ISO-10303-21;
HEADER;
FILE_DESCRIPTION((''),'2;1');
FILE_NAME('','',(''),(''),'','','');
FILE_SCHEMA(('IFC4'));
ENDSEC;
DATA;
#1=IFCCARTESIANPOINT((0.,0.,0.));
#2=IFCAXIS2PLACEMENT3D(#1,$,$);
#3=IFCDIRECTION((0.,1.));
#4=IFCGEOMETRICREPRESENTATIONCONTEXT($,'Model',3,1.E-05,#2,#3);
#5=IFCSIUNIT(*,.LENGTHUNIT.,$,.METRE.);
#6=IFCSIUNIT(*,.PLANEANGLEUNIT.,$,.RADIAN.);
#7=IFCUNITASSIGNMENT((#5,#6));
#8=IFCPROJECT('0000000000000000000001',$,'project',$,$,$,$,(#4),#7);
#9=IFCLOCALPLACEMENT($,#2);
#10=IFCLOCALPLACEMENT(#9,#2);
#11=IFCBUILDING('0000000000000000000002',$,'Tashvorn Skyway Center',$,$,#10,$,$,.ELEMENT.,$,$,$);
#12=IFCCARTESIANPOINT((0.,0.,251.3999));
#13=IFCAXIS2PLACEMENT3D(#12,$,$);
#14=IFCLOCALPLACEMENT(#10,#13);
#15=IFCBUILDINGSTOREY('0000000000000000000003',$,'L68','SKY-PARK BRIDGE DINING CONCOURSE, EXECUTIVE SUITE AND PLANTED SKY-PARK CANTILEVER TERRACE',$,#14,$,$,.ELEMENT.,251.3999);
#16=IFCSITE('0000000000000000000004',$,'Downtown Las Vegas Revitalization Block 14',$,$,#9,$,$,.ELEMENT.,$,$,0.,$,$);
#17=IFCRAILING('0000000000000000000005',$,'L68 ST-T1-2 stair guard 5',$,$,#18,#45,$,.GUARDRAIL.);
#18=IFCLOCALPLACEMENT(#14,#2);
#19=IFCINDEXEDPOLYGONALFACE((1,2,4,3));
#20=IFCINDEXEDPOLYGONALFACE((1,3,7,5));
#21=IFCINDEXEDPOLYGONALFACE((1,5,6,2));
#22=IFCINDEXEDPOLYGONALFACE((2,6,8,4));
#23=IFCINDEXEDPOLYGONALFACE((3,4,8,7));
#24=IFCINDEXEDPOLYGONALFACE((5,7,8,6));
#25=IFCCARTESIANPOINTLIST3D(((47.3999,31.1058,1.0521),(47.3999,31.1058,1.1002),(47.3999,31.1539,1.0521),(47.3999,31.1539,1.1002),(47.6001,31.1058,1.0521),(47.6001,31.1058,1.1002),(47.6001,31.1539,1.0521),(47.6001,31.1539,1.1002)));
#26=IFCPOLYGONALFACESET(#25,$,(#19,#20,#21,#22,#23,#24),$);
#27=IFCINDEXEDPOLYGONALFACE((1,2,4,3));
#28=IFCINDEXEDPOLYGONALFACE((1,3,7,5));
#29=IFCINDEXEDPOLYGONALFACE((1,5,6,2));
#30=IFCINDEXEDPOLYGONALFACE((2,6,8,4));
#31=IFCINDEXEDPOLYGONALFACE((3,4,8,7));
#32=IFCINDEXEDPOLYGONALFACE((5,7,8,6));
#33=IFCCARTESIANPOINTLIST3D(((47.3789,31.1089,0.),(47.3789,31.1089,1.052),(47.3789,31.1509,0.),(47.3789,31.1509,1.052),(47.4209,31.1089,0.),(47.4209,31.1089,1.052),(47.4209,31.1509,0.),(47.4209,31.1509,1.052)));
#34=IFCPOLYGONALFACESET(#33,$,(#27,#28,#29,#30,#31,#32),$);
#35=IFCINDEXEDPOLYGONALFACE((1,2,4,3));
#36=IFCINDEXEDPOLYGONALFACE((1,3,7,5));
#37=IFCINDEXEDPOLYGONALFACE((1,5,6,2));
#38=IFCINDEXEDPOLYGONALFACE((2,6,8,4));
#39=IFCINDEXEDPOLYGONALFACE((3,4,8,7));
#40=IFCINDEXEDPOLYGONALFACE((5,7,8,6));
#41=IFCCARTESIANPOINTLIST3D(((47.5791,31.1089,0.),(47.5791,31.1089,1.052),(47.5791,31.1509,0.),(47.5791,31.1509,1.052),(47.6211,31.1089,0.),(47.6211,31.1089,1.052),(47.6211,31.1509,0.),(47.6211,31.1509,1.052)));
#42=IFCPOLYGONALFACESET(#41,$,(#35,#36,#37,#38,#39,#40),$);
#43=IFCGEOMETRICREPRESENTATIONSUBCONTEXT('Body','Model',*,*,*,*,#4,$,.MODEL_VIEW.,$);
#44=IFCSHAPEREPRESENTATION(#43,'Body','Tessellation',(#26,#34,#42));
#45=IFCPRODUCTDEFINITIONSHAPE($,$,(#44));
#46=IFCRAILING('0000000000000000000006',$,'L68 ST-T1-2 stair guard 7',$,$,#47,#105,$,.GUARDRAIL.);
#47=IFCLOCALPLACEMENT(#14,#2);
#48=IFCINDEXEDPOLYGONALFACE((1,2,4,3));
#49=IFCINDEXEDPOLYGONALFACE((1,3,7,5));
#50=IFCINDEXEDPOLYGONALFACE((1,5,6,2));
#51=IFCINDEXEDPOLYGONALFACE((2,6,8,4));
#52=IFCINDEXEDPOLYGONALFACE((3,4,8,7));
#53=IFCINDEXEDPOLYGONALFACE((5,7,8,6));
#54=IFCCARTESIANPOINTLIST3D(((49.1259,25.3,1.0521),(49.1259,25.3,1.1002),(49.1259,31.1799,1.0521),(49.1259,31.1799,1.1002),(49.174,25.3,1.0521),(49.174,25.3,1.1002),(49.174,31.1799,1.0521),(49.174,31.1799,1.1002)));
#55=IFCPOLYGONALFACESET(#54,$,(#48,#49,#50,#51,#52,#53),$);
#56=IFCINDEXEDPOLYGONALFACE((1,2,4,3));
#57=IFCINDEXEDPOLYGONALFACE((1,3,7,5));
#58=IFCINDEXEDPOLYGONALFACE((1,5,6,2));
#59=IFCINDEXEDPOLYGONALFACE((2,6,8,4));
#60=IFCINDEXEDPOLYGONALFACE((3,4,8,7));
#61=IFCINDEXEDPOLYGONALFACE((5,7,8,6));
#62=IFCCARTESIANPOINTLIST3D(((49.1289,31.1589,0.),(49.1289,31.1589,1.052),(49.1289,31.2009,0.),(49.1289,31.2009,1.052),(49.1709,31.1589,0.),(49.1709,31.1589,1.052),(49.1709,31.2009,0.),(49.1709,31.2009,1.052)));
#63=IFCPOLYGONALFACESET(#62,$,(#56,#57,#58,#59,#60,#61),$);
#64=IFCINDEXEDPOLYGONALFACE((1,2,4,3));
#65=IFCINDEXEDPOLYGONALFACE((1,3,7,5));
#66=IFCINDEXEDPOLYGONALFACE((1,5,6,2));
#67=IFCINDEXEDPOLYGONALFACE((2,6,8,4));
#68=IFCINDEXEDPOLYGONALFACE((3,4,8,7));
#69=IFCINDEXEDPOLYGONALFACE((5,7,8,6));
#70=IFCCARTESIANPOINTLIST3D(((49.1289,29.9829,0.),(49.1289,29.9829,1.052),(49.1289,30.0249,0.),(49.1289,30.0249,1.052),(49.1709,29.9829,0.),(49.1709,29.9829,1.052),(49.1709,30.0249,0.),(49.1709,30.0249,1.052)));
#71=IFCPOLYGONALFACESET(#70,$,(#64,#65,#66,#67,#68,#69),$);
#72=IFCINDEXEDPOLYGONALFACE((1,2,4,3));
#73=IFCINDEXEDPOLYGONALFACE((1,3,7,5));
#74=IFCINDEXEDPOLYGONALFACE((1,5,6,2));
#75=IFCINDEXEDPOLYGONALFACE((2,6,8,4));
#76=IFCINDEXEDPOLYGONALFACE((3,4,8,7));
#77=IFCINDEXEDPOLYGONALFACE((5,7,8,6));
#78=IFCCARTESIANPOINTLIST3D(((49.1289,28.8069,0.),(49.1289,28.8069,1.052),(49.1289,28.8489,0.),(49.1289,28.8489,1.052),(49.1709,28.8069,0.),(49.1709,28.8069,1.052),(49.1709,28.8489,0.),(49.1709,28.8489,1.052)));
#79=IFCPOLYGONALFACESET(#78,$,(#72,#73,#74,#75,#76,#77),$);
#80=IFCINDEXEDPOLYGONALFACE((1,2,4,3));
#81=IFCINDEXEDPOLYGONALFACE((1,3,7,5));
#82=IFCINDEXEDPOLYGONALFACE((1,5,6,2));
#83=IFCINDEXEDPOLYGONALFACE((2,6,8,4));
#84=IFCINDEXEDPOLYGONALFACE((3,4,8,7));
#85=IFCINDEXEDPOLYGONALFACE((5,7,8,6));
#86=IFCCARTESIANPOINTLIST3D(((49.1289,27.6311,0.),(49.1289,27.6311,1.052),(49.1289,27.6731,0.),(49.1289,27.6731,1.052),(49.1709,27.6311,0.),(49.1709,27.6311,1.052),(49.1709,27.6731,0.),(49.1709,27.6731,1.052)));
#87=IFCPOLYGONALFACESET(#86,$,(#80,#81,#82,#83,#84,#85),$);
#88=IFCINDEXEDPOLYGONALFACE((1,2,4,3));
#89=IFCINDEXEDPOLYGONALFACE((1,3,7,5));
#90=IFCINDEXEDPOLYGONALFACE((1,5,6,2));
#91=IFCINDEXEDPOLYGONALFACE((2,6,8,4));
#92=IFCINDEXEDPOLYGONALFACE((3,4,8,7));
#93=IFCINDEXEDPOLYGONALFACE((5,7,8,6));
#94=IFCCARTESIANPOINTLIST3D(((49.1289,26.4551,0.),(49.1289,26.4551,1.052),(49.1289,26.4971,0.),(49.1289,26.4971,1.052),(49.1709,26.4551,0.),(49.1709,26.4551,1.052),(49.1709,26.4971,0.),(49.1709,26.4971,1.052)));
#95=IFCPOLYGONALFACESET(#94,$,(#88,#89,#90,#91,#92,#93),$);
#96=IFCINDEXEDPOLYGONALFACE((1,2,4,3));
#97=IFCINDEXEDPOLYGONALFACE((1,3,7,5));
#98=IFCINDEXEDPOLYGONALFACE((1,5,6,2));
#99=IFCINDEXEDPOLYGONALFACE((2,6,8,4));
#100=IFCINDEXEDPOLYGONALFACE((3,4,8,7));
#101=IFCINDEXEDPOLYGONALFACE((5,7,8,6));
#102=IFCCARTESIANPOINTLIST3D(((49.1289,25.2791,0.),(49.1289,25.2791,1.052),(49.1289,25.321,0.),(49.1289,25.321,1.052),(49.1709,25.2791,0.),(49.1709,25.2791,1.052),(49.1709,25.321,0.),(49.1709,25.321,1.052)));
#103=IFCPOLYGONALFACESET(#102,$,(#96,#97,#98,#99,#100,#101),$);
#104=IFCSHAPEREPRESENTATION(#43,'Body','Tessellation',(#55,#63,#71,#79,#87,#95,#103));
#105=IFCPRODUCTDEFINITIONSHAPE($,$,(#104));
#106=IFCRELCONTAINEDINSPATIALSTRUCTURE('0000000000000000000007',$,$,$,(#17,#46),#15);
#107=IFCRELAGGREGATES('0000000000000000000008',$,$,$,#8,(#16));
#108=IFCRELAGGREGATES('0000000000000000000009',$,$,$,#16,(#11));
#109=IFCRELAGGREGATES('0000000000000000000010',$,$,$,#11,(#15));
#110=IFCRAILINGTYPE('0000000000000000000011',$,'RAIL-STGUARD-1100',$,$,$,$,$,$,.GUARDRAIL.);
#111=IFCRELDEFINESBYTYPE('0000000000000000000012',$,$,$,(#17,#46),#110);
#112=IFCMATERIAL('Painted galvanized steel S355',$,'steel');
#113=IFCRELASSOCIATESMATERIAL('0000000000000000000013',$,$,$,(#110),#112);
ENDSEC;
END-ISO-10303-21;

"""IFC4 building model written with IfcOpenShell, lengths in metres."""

from ifc_helpers import new_model, si_unit, direction, frame, origin, origin_2d, place, context, subcontext, project, spatial, rectangle, extrude, material, type_object, element, save


model = new_model("IFC4")

# Units and contexts
model_context = context("Model", 3, precision=1e-05, world=origin(), true_north=direction((0.0, 1.0)))
body_context = subcontext(model_context, "Body", "Model", "MODEL_VIEW")
ifc_project = project(units=[si_unit("LENGTHUNIT", "METRE"), si_unit("PLANEANGLEUNIT", "RADIAN")], contexts=[model_context])

# Site, building, storey
site_placement = place(None, origin())
site = spatial("IfcSite", under=ifc_project, at=site_placement, Name="Downtown Las Vegas Revitalization Block 14", CompositionType="ELEMENT", RefElevation=0.0)
building_placement = place(site_placement, origin())
building = spatial("IfcBuilding", under=site, at=building_placement, Name="Tashvorn Skyway Center", CompositionType="ELEMENT")
storey_placement = place(building_placement, frame((0.0, 0.0, 251.3999)))
storey = spatial("IfcBuildingStorey", under=building, at=storey_placement, Name="L68", Description="SKY-PARK BRIDGE DINING CONCOURSE, EXECUTIVE SUITE AND PLANTED SKY-PARK CANTILEVER TERRACE", CompositionType="ELEMENT", Elevation=251.3999)

# Railings
ifc_material_1 = material(Name="Painted galvanized steel S355", Category="steel")
railing_type_1 = type_object("IfcRailingType", Name="RAIL-STGUARD-1100", PredefinedType="GUARDRAIL", material=ifc_material_1)
railing_1_placement = place(storey_placement, frame((47.3999, 31.1299, 0.0)))
element("IfcRailing", 1, at=railing_1_placement, inside=storey, type_object=railing_type_1, Name="L68 ST-T1-2 stair guard 5", PredefinedType="GUARDRAIL", context=body_context, shape_type="SweptSolid", body=[
    extrude(rectangle(XDim=0.0481, YDim=0.0481, at=origin_2d()), frame((0.0, 0.0, 1.0762), z_axis=(1.0, 0.0, 0.0), x_axis=(0.0, 1.0, 0.0)), (0.0, 0.0, 1.0), 0.2002),
    extrude(rectangle(XDim=0.042, YDim=0.042, at=origin_2d()), origin(), (0.0, 0.0, 1.0), 1.052),
    extrude(rectangle(XDim=0.042, YDim=0.042, at=origin_2d()), frame((0.2002, 0.0, 0.0)), (0.0, 0.0, 1.0), 1.052),
])
railing_2_placement = place(storey_placement, frame((49.1499, 31.1799, 0.0)))
element("IfcRailing", 2, at=railing_2_placement, inside=storey, type_object=railing_type_1, Name="L68 ST-T1-2 stair guard 7", PredefinedType="GUARDRAIL", context=body_context, shape_type="SweptSolid", body=[
    extrude(rectangle(XDim=0.0481, YDim=0.0481, at=origin_2d()), frame((0.0, 0.0, 1.0762), z_axis=(0.0, -1.0, 0.0), x_axis=(1.0, 0.0, 0.0)), (0.0, 0.0, 1.0), 5.8799),
    extrude(rectangle(XDim=0.042, YDim=0.042, at=origin_2d()), origin(), (0.0, 0.0, 1.0), 1.052),
    extrude(rectangle(XDim=0.042, YDim=0.042, at=origin_2d()), frame((0.0, -1.176, 0.0)), (0.0, 0.0, 1.0), 1.052),
    extrude(rectangle(XDim=0.042, YDim=0.042, at=origin_2d()), frame((0.0, -2.3521, 0.0)), (0.0, 0.0, 1.0), 1.052),
    extrude(rectangle(XDim=0.042, YDim=0.042, at=origin_2d()), frame((0.0, -3.5278, 0.0)), (0.0, 0.0, 1.0), 1.052),
    extrude(rectangle(XDim=0.042, YDim=0.042, at=origin_2d()), frame((0.0, -4.7039, 0.0)), (0.0, 0.0, 1.0), 1.052),
    extrude(rectangle(XDim=0.042, YDim=0.042, at=origin_2d()), frame((0.0, -5.8799, 0.0)), (0.0, 0.0, 1.0), 1.052),
])

save(model, "model.ifc")
